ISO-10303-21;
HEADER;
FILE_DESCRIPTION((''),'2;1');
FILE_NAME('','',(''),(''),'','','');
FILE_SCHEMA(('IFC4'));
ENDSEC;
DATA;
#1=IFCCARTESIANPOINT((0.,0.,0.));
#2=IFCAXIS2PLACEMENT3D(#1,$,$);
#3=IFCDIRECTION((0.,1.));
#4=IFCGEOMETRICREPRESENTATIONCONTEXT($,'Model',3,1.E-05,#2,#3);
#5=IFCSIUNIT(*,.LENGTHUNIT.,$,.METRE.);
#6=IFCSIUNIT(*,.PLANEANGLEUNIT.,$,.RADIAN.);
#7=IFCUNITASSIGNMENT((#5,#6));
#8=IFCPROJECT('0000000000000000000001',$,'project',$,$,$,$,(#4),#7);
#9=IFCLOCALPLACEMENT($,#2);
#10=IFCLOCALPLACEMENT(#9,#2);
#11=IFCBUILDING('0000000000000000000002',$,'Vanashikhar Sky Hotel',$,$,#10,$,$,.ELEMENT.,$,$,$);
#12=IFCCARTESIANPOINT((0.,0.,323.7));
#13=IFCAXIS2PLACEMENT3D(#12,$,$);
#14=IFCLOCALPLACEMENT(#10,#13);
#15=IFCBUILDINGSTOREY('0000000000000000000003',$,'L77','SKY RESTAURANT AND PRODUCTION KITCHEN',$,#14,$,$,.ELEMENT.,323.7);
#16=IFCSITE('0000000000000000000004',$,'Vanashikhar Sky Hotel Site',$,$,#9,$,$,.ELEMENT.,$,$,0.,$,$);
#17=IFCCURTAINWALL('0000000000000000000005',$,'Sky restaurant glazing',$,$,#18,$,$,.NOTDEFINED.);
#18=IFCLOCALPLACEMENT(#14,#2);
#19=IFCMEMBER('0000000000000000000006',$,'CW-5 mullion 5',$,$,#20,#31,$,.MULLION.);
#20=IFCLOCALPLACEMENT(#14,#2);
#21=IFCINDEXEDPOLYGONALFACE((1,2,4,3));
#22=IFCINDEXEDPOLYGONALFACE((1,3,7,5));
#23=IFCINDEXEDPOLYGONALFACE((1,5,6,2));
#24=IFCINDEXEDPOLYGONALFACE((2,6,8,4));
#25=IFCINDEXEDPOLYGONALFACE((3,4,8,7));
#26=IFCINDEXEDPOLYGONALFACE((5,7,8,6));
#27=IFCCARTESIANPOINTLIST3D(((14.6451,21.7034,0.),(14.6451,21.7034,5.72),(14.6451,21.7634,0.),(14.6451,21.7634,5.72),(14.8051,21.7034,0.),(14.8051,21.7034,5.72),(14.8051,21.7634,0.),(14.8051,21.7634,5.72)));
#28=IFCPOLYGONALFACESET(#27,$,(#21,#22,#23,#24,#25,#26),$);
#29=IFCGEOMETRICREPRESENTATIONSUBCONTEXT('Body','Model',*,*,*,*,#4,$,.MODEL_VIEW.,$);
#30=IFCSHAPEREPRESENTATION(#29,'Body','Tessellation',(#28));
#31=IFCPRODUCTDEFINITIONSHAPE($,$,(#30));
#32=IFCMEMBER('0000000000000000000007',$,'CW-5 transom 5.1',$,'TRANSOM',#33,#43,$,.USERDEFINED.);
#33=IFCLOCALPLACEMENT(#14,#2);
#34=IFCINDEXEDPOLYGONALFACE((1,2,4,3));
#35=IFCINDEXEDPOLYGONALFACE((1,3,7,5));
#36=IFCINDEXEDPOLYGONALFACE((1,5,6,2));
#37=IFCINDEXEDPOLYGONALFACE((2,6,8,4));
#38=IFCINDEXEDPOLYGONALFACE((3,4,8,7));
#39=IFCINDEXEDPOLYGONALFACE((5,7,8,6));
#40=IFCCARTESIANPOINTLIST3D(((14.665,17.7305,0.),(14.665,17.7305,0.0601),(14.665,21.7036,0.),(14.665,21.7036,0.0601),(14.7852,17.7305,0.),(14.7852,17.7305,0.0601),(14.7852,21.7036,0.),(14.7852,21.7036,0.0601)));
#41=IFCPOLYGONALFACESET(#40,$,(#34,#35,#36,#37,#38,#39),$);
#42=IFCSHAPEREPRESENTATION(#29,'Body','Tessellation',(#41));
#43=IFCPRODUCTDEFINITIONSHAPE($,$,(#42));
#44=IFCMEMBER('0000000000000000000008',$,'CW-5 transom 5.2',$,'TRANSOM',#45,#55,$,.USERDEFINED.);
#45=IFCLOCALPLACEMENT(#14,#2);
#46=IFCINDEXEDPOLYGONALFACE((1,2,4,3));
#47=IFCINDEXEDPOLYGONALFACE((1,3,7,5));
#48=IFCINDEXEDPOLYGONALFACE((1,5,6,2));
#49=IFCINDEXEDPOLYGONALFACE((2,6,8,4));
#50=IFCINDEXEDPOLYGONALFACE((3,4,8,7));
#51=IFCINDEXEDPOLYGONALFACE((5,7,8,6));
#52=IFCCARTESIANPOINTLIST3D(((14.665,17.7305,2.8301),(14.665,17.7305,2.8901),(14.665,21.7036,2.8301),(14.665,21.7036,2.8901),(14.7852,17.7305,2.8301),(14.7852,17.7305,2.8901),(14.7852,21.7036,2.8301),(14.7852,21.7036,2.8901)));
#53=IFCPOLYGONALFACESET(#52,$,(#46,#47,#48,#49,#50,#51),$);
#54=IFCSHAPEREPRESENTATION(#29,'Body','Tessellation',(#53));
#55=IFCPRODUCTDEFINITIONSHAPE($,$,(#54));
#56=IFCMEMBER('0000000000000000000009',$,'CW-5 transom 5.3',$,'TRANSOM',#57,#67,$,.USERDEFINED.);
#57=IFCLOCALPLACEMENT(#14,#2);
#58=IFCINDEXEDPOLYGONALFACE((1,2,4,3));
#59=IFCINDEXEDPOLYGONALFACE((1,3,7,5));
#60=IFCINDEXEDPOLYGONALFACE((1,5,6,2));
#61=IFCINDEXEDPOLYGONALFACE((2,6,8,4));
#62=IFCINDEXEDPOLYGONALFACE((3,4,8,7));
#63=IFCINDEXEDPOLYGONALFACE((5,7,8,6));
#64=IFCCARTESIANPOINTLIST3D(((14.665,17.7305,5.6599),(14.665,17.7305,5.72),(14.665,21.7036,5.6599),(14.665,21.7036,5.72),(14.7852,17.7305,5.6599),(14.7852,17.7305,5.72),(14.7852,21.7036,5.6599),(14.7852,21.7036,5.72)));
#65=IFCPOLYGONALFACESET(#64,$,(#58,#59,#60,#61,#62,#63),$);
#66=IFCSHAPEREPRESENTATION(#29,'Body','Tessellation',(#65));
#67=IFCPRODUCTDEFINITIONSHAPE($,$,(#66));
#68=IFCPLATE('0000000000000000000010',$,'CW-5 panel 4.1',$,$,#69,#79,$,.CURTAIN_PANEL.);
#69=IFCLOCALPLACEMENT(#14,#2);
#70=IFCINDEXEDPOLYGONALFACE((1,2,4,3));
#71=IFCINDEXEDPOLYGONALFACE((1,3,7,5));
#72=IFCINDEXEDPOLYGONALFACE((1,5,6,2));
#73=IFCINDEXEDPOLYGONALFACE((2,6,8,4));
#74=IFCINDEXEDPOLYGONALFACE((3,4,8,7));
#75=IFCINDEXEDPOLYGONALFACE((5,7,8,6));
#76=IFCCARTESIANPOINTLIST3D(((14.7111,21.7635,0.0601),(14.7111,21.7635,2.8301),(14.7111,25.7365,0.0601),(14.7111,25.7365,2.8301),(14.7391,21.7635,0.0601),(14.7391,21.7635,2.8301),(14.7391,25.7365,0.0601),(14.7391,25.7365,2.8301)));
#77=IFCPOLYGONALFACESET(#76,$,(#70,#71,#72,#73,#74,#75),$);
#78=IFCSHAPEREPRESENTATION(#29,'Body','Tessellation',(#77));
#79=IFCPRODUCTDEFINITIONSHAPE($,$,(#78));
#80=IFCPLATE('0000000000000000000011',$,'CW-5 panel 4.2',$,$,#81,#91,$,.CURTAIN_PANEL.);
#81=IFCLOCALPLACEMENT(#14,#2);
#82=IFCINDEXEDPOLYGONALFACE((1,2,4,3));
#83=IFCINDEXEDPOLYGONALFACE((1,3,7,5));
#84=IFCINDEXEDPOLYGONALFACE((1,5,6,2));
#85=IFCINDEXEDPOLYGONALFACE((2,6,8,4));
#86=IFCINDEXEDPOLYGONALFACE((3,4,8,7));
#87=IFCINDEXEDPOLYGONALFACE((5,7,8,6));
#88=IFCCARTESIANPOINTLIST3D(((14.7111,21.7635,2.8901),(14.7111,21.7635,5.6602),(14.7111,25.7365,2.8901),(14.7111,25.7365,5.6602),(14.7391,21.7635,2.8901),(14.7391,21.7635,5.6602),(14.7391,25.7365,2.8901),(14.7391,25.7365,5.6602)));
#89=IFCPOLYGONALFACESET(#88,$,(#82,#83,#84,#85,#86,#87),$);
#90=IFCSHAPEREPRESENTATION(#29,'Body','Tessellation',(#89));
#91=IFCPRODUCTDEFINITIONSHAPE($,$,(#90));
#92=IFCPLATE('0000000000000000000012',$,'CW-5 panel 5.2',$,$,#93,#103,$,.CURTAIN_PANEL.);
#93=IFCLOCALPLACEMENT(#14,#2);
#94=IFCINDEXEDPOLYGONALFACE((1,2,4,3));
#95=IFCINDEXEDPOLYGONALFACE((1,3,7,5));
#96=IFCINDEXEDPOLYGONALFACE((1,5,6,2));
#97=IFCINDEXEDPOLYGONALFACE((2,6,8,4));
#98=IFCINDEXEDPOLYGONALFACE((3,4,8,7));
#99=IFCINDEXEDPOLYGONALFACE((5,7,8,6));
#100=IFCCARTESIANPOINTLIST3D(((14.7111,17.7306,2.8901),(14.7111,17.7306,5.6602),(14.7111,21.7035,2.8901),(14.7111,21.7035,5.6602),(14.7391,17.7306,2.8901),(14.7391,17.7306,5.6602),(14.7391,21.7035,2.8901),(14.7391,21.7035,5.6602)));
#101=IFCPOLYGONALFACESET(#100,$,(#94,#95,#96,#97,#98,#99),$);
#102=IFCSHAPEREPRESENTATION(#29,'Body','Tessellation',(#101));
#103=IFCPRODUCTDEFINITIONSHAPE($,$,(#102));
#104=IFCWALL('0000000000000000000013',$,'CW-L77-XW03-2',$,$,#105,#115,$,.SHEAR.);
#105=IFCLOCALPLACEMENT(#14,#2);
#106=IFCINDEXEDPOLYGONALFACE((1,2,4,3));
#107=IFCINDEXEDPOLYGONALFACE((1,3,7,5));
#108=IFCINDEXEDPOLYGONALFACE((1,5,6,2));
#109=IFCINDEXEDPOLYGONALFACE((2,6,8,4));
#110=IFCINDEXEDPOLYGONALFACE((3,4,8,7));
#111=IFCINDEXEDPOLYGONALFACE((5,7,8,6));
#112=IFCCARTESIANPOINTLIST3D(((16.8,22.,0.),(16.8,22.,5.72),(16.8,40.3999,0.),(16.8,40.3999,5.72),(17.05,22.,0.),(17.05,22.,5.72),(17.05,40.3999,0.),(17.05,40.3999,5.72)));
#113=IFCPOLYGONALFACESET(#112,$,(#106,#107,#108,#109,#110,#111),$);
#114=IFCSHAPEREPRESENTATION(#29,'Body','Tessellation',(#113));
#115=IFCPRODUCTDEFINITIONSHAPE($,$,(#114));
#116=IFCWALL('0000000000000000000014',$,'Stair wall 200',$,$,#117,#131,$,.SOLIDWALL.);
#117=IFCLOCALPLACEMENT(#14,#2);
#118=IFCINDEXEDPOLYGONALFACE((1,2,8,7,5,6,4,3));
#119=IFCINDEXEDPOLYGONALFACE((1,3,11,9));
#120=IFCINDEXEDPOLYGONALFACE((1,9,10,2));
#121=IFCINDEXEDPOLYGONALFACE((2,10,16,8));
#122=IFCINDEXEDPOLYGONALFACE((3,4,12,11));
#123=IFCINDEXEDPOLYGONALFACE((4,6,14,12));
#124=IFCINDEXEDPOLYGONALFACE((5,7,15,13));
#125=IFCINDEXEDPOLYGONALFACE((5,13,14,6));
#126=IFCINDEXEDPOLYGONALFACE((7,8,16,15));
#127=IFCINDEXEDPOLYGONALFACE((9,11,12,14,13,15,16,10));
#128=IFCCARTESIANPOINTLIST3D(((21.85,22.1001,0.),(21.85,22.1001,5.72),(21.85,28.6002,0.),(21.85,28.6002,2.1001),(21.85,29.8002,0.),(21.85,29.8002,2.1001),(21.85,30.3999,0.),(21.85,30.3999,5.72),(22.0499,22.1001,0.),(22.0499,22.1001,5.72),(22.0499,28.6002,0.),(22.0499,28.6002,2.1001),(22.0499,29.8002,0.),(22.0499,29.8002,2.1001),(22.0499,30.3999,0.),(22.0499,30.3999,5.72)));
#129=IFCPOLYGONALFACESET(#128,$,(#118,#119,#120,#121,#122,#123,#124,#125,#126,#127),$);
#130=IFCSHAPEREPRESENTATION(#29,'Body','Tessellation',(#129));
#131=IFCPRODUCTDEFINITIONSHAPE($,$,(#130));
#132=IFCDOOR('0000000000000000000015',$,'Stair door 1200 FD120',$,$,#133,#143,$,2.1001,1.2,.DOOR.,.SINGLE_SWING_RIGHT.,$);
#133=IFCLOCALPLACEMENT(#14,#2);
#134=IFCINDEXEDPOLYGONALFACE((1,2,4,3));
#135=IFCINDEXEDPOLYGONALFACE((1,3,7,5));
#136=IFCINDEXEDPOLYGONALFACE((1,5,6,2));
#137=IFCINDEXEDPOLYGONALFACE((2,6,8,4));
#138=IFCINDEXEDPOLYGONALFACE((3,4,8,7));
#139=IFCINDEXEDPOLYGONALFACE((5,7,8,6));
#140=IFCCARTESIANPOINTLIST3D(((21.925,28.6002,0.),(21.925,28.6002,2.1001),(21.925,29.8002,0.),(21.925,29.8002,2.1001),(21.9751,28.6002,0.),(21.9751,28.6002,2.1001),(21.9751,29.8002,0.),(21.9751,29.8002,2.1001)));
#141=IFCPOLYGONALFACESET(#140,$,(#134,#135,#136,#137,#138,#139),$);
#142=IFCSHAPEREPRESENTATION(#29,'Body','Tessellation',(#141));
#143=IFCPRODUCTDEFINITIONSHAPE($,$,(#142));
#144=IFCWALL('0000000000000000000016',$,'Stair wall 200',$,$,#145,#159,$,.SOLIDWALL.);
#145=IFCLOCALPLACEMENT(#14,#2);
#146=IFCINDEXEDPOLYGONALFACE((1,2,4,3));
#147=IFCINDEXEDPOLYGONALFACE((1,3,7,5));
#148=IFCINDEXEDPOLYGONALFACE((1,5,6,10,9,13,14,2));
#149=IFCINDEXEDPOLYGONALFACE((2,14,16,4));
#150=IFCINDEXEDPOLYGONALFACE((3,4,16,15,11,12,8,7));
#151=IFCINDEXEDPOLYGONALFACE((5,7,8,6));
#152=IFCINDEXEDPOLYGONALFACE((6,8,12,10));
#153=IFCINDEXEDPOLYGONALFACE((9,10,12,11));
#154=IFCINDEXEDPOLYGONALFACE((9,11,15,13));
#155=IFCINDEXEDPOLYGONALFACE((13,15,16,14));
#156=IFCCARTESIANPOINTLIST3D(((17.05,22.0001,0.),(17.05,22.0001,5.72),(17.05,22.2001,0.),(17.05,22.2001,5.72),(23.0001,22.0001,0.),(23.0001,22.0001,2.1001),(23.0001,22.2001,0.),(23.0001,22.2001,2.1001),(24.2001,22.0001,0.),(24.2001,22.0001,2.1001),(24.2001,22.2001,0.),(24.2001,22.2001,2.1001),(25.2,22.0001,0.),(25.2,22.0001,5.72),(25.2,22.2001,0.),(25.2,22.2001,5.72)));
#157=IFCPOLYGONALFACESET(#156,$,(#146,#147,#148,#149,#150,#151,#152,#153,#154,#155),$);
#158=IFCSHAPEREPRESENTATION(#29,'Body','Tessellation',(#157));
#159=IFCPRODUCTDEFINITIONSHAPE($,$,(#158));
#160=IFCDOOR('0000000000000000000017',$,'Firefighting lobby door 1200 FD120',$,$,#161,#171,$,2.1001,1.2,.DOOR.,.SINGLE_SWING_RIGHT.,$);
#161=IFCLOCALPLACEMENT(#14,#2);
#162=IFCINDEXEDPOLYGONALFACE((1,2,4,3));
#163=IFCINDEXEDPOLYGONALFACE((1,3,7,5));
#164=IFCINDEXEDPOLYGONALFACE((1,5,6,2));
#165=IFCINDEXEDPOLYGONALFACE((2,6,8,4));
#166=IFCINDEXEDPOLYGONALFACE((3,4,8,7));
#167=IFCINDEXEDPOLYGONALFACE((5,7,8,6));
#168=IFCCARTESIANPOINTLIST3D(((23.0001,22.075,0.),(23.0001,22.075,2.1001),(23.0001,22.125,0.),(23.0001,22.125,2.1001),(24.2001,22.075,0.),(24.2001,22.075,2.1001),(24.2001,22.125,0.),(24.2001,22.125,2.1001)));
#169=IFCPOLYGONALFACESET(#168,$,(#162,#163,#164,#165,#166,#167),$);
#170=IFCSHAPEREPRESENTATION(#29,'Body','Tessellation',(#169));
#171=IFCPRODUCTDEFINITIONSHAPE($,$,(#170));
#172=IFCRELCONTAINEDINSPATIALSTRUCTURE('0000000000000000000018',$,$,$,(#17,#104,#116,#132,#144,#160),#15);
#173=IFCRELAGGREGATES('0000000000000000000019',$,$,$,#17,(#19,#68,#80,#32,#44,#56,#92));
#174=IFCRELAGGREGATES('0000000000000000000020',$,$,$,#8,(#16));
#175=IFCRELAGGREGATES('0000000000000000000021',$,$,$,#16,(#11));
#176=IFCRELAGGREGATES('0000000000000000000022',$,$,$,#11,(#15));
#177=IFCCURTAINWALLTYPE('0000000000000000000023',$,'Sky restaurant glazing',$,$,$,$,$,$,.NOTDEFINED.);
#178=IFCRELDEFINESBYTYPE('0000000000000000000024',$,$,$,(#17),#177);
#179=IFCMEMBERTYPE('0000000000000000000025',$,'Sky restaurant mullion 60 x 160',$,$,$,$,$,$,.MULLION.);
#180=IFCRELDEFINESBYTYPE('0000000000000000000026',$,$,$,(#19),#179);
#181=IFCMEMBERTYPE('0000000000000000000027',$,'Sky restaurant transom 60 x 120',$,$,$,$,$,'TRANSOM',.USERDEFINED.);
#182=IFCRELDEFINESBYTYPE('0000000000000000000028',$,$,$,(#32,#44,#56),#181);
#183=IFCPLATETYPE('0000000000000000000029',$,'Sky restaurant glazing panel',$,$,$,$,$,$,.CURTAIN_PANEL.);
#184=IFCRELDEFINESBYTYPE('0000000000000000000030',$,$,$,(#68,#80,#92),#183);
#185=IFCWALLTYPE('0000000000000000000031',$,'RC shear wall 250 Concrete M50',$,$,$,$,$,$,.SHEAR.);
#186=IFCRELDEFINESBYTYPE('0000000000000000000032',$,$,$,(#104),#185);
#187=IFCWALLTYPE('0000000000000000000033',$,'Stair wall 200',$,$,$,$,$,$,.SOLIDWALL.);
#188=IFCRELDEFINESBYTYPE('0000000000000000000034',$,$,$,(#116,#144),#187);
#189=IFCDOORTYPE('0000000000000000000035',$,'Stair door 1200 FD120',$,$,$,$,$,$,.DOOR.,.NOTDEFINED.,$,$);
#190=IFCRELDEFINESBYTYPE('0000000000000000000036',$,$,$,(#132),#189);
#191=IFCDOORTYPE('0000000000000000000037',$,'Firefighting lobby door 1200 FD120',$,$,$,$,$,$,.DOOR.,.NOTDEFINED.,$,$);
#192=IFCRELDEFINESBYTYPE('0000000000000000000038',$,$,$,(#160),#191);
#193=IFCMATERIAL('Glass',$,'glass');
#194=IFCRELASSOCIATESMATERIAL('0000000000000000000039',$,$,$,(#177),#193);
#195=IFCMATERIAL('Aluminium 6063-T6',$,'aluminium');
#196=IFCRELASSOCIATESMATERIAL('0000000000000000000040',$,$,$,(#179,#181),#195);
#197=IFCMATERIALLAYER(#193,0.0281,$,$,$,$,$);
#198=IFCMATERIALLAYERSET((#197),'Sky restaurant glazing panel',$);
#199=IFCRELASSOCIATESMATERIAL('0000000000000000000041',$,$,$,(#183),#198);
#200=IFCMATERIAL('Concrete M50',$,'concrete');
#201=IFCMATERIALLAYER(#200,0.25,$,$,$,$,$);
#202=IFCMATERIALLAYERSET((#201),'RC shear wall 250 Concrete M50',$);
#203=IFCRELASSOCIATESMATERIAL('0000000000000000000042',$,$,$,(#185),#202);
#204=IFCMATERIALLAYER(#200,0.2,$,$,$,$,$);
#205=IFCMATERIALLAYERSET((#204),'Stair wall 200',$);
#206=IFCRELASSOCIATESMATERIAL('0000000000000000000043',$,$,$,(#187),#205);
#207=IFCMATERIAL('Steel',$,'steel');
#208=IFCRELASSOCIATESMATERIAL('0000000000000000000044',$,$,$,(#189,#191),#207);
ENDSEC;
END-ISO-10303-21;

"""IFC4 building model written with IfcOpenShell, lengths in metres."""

from ifc_helpers import new_model, si_unit, direction, frame, frame_2d, origin, origin_2d, place, context, subcontext, project, spatial, rectangle, extrude, source, transform, mapped, material, layer, layer_set, material_profile, profile_set, type_object, element, fill, aggregate, save


model = new_model("IFC4")

# Units and contexts
model_context = context("Model", 3, precision=1e-05, world=origin(), true_north=direction((0.0, 1.0)))
body_context = subcontext(model_context, "Body", "Model", "MODEL_VIEW")
ifc_project = project(units=[si_unit("LENGTHUNIT", "METRE"), si_unit("PLANEANGLEUNIT", "RADIAN")], contexts=[model_context])

# Site, building, storey
site_placement = place(None, origin())
site = spatial("IfcSite", under=ifc_project, at=site_placement, Name="Vanashikhar Sky Hotel Site", CompositionType="ELEMENT", RefElevation=0.0)
building_placement = place(site_placement, origin())
building = spatial("IfcBuilding", under=site, at=building_placement, Name="Vanashikhar Sky Hotel", CompositionType="ELEMENT")
storey_placement = place(building_placement, frame((0.0, 0.0, 323.7)))
storey = spatial("IfcBuildingStorey", under=building, at=storey_placement, Name="L77", Description="SKY RESTAURANT AND PRODUCTION KITCHEN", CompositionType="ELEMENT", Elevation=323.7)

# Curtain wall, members, plates
ifc_material_1 = material(Name="Glass", Category="glass")
curtain_wall_type = type_object("IfcCurtainWallType", Name="Sky restaurant glazing", PredefinedType="NOTDEFINED", material=ifc_material_1)
curtain_wall_placement = place(storey_placement, origin())
curtain_wall = element("IfcCurtainWall", 1, at=curtain_wall_placement, inside=storey, type_object=curtain_wall_type, Name="Sky restaurant glazing", PredefinedType="NOTDEFINED")
ifc_material_2 = material(Name="Aluminium 6063-T6", Category="aluminium")
ifc_material_profile_1 = material_profile(ifc_material_2, rectangle(XDim=0.1599, YDim=0.0601, at=origin_2d()))
ifc_profile_set_1 = profile_set([ifc_material_profile_1], Name="Aluminium 6063-T6")
member_type_1 = type_object("IfcMemberType", Name="Sky restaurant mullion 60 x 160", PredefinedType="MULLION", material=ifc_profile_set_1)
shared_shape_1 = source(origin(), body_context, "Body", "SweptSolid", [
    extrude(rectangle(XDim=0.1599, YDim=0.0601, at=origin_2d()), origin(), (0.0, 0.0, 1.0), 5.72),
])
member_1_placement = place(storey_placement, frame((14.7251, 21.7334, 0.0), z_axis=(0.0, 0.0, 1.0), x_axis=(1.0, 0.0, 0.0)))
member_1 = element("IfcMember", 2, at=member_1_placement, type_object=member_type_1, Name="CW-5 mullion 5", PredefinedType="MULLION", context=body_context, shape_type="MappedRepresentation", body=[
    mapped(shared_shape_1, transform((0.0, 0.0, 0.0), scale=1.0)),
])
ifc_material_profile_2 = material_profile(ifc_material_2, rectangle(XDim=0.1201, YDim=0.0601, at=origin_2d()))
ifc_profile_set_2 = profile_set([ifc_material_profile_2], Name="Aluminium 6063-T6")
member_type_2 = type_object("IfcMemberType", Name="Sky restaurant transom 60 x 120", ElementType="TRANSOM", PredefinedType="USERDEFINED", material=ifc_profile_set_2)
shared_shape_2 = source(origin(), body_context, "Body", "SweptSolid", [
    extrude(rectangle(XDim=0.1201, YDim=0.0601, at=origin_2d()), origin(), (0.0, 0.0, 1.0), 3.9731),
])
member_2_placement = place(storey_placement, frame((14.7251, 21.7036, 0.03), z_axis=(0.0, -1.0, 0.0), x_axis=(1.0, 0.0, 0.0)))
member_2 = element("IfcMember", 3, at=member_2_placement, type_object=member_type_2, Name="CW-5 transom 5.1", ObjectType="TRANSOM", PredefinedType="USERDEFINED", context=body_context, shape_type="MappedRepresentation", body=[
    mapped(shared_shape_2, transform((0.0, 0.0, 0.0), scale=1.0)),
])
member_3_placement = place(storey_placement, frame((14.7251, 21.7036, 2.8601), z_axis=(0.0, -1.0, 0.0), x_axis=(1.0, 0.0, 0.0)))
member_3 = element("IfcMember", 4, at=member_3_placement, type_object=member_type_2, Name="CW-5 transom 5.2", ObjectType="TRANSOM", PredefinedType="USERDEFINED", context=body_context, shape_type="MappedRepresentation", body=[
    mapped(shared_shape_2, transform((0.0, 0.0, 0.0), scale=1.0)),
])
member_4_placement = place(storey_placement, frame((14.7251, 21.7036, 5.6899), z_axis=(0.0, -1.0, 0.0), x_axis=(1.0, 0.0, 0.0)))
member_4 = element("IfcMember", 5, at=member_4_placement, type_object=member_type_2, Name="CW-5 transom 5.3", ObjectType="TRANSOM", PredefinedType="USERDEFINED", context=body_context, shape_type="MappedRepresentation", body=[
    mapped(shared_shape_2, transform((0.0, 0.0, 0.0), scale=1.0)),
])
ifc_layer_1 = layer(ifc_material_1, 0.0281)
ifc_layer_set_1 = layer_set([ifc_layer_1], Name="Sky restaurant glazing panel")
plate_type = type_object("IfcPlateType", Name="Sky restaurant glazing panel", PredefinedType="CURTAIN_PANEL", material=ifc_layer_set_1)
shared_shape_3 = source(origin(), body_context, "Body", "SweptSolid", [
    extrude(rectangle(XDim=3.9729, YDim=0.0281, at=origin_2d()), origin(), (0.0, 0.0, 1.0), 2.77),
])
plate_1_placement = place(storey_placement, frame((14.7251, 23.75, 0.0601), z_axis=(0.0, 0.0, 1.0), x_axis=(0.0, -1.0, 0.0)))
plate_1 = element("IfcPlate", 6, at=plate_1_placement, type_object=plate_type, Name="CW-5 panel 4.1", PredefinedType="CURTAIN_PANEL", context=body_context, shape_type="MappedRepresentation", body=[
    mapped(shared_shape_3, transform((0.0, 0.0, 0.0), scale=1.0)),
])
plate_2_placement = place(storey_placement, frame((14.7251, 23.75, 2.8901), z_axis=(0.0, 0.0, 1.0), x_axis=(0.0, -1.0, 0.0)))
plate_2 = element("IfcPlate", 7, at=plate_2_placement, type_object=plate_type, Name="CW-5 panel 4.2", PredefinedType="CURTAIN_PANEL", context=body_context, shape_type="MappedRepresentation", body=[
    mapped(shared_shape_3, transform((0.0, 0.0, 0.0), scale=1.0)),
])
plate_3_placement = place(storey_placement, frame((14.7251, 19.717, 2.8901), z_axis=(0.0, 0.0, 1.0), x_axis=(0.0, -1.0, 0.0)))
plate_3 = element("IfcPlate", 8, at=plate_3_placement, type_object=plate_type, Name="CW-5 panel 5.2", PredefinedType="CURTAIN_PANEL", context=body_context, shape_type="MappedRepresentation", body=[
    mapped(shared_shape_3, transform((0.0, 0.0, 0.0), scale=1.0)),
])
aggregate(curtain_wall, [member_1, plate_1, plate_2, member_2, member_3, member_4, plate_3])

# Wall
ifc_material_3 = material(Name="Concrete M50", Category="concrete")
ifc_layer_2 = layer(ifc_material_3, 0.25)
ifc_layer_set_2 = layer_set([ifc_layer_2], Name="RC shear wall 250 Concrete M50")
wall_type_1 = type_object("IfcWallType", Name="RC shear wall 250 Concrete M50", PredefinedType="SHEAR", material=ifc_layer_set_2)
shared_shape_4 = source(origin(), body_context, "Body", "SweptSolid", [
    extrude(rectangle(XDim=18.3999, YDim=0.25, at=frame_2d((9.2, 0.0))), origin(), (0.0, 0.0, 1.0), 5.72),
])
wall_1_placement = place(storey_placement, frame((16.925, 22.0, 0.0), z_axis=(0.0, 0.0, 1.0), x_axis=(0.0, 1.0, 0.0)))
element("IfcWall", 9, at=wall_1_placement, inside=storey, type_object=wall_type_1, Name="CW-L77-XW03-2", PredefinedType="SHEAR", context=body_context, shape_type="MappedRepresentation", body=[
    mapped(shared_shape_4, transform((0.0, 0.0, 0.0), scale=1.0)),
])

# Walls, openings, doors
ifc_layer_3 = layer(ifc_material_3, 0.2)
ifc_layer_set_3 = layer_set([ifc_layer_3], Name="Stair wall 200")
wall_type_2 = type_object("IfcWallType", Name="Stair wall 200", PredefinedType="SOLIDWALL", material=ifc_layer_set_3)
shared_shape_5 = source(origin(), body_context, "Body", "SweptSolid", [
    extrude(rectangle(XDim=8.2998, YDim=0.2, at=frame_2d((4.1499, 0.0))), origin(), (0.0, 0.0, 1.0), 5.72),
])
wall_2_placement = place(storey_placement, frame((21.95, 22.1001, 0.0), z_axis=(0.0, 0.0, 1.0), x_axis=(0.0, 1.0, 0.0)))
wall_2 = element("IfcWall", 10, at=wall_2_placement, inside=storey, type_object=wall_type_2, Name="Stair wall 200", PredefinedType="SOLIDWALL", context=body_context, shape_type="MappedRepresentation", body=[
    mapped(shared_shape_5, transform((0.0, 0.0, 0.0), scale=1.0)),
])
shared_shape_6 = source(origin(), body_context, "Body", "SweptSolid", [
    extrude(rectangle(XDim=1.2, YDim=2.1001, at=frame_2d((0.6001, 1.05))), frame((0.0, 0.1099, 0.0), z_axis=(0.0, -1.0, 0.0), x_axis=(1.0, 0.0, 0.0)), (0.0, 0.0, 1.0), 0.22),
])
opening_1_placement = place(wall_2_placement, frame((6.5, 0.0, 0.0)))
opening_1 = element("IfcOpeningElement", 11, at=opening_1_placement, cuts=wall_2, PredefinedType="OPENING", context=body_context, shape_type="MappedRepresentation", body=[
    mapped(shared_shape_6, transform((0.0, 0.0, 0.0), scale=1.0)),
])
ifc_material_4 = material(Name="Steel", Category="steel")
door_type_1 = type_object("IfcDoorType", Name="Stair door 1200 FD120", OperationType="NOTDEFINED", PredefinedType="DOOR", material=ifc_material_4)
shared_shape_7 = source(origin(), body_context, "Body", "SweptSolid", [
    extrude(rectangle(XDim=1.2, YDim=2.1001, at=frame_2d((0.6001, 1.05))), frame((0.0, 0.0249, 0.0), z_axis=(0.0, -1.0, 0.0), x_axis=(1.0, 0.0, 0.0)), (0.0, 0.0, 1.0), 0.05),
])
door_1_placement = place(opening_1_placement, origin())
door_1 = element("IfcDoor", 12, at=door_1_placement, inside=storey, type_object=door_type_1, Name="Stair door 1200 FD120", OperationType="SINGLE_SWING_RIGHT", OverallHeight=2.1001, OverallWidth=1.2, PredefinedType="DOOR", context=body_context, shape_type="MappedRepresentation", body=[
    mapped(shared_shape_7, transform((0.0, 0.0, 0.0), scale=1.0)),
])
fill(opening_1, door_1)
shared_shape_8 = source(origin(), body_context, "Body", "SweptSolid", [
    extrude(rectangle(XDim=8.1499, YDim=0.2, at=frame_2d((4.075, 0.0))), origin(), (0.0, 0.0, 1.0), 5.72),
])
wall_3_placement = place(storey_placement, frame((17.05, 22.1001, 0.0), z_axis=(0.0, 0.0, 1.0), x_axis=(1.0, 0.0, 0.0)))
wall_3 = element("IfcWall", 13, at=wall_3_placement, inside=storey, type_object=wall_type_2, Name="Stair wall 200", PredefinedType="SOLIDWALL", context=body_context, shape_type="MappedRepresentation", body=[
    mapped(shared_shape_8, transform((0.0, 0.0, 0.0), scale=1.0)),
])
opening_2_placement = place(wall_3_placement, frame((5.95, 0.0, 0.0)))
opening_2 = element("IfcOpeningElement", 14, at=opening_2_placement, cuts=wall_3, PredefinedType="OPENING", context=body_context, shape_type="MappedRepresentation", body=[
    mapped(shared_shape_6, transform((0.0, 0.0, 0.0), scale=1.0)),
])
door_type_2 = type_object("IfcDoorType", Name="Firefighting lobby door 1200 FD120", OperationType="NOTDEFINED", PredefinedType="DOOR", material=ifc_material_4)
door_2_placement = place(opening_2_placement, origin())
door_2 = element("IfcDoor", 15, at=door_2_placement, inside=storey, type_object=door_type_2, Name="Firefighting lobby door 1200 FD120", OperationType="SINGLE_SWING_RIGHT", OverallHeight=2.1001, OverallWidth=1.2, PredefinedType="DOOR", context=body_context, shape_type="MappedRepresentation", body=[
    mapped(shared_shape_7, transform((0.0, 0.0, 0.0), scale=1.0)),
])
fill(opening_2, door_2)

save(model, "model.ifc")
